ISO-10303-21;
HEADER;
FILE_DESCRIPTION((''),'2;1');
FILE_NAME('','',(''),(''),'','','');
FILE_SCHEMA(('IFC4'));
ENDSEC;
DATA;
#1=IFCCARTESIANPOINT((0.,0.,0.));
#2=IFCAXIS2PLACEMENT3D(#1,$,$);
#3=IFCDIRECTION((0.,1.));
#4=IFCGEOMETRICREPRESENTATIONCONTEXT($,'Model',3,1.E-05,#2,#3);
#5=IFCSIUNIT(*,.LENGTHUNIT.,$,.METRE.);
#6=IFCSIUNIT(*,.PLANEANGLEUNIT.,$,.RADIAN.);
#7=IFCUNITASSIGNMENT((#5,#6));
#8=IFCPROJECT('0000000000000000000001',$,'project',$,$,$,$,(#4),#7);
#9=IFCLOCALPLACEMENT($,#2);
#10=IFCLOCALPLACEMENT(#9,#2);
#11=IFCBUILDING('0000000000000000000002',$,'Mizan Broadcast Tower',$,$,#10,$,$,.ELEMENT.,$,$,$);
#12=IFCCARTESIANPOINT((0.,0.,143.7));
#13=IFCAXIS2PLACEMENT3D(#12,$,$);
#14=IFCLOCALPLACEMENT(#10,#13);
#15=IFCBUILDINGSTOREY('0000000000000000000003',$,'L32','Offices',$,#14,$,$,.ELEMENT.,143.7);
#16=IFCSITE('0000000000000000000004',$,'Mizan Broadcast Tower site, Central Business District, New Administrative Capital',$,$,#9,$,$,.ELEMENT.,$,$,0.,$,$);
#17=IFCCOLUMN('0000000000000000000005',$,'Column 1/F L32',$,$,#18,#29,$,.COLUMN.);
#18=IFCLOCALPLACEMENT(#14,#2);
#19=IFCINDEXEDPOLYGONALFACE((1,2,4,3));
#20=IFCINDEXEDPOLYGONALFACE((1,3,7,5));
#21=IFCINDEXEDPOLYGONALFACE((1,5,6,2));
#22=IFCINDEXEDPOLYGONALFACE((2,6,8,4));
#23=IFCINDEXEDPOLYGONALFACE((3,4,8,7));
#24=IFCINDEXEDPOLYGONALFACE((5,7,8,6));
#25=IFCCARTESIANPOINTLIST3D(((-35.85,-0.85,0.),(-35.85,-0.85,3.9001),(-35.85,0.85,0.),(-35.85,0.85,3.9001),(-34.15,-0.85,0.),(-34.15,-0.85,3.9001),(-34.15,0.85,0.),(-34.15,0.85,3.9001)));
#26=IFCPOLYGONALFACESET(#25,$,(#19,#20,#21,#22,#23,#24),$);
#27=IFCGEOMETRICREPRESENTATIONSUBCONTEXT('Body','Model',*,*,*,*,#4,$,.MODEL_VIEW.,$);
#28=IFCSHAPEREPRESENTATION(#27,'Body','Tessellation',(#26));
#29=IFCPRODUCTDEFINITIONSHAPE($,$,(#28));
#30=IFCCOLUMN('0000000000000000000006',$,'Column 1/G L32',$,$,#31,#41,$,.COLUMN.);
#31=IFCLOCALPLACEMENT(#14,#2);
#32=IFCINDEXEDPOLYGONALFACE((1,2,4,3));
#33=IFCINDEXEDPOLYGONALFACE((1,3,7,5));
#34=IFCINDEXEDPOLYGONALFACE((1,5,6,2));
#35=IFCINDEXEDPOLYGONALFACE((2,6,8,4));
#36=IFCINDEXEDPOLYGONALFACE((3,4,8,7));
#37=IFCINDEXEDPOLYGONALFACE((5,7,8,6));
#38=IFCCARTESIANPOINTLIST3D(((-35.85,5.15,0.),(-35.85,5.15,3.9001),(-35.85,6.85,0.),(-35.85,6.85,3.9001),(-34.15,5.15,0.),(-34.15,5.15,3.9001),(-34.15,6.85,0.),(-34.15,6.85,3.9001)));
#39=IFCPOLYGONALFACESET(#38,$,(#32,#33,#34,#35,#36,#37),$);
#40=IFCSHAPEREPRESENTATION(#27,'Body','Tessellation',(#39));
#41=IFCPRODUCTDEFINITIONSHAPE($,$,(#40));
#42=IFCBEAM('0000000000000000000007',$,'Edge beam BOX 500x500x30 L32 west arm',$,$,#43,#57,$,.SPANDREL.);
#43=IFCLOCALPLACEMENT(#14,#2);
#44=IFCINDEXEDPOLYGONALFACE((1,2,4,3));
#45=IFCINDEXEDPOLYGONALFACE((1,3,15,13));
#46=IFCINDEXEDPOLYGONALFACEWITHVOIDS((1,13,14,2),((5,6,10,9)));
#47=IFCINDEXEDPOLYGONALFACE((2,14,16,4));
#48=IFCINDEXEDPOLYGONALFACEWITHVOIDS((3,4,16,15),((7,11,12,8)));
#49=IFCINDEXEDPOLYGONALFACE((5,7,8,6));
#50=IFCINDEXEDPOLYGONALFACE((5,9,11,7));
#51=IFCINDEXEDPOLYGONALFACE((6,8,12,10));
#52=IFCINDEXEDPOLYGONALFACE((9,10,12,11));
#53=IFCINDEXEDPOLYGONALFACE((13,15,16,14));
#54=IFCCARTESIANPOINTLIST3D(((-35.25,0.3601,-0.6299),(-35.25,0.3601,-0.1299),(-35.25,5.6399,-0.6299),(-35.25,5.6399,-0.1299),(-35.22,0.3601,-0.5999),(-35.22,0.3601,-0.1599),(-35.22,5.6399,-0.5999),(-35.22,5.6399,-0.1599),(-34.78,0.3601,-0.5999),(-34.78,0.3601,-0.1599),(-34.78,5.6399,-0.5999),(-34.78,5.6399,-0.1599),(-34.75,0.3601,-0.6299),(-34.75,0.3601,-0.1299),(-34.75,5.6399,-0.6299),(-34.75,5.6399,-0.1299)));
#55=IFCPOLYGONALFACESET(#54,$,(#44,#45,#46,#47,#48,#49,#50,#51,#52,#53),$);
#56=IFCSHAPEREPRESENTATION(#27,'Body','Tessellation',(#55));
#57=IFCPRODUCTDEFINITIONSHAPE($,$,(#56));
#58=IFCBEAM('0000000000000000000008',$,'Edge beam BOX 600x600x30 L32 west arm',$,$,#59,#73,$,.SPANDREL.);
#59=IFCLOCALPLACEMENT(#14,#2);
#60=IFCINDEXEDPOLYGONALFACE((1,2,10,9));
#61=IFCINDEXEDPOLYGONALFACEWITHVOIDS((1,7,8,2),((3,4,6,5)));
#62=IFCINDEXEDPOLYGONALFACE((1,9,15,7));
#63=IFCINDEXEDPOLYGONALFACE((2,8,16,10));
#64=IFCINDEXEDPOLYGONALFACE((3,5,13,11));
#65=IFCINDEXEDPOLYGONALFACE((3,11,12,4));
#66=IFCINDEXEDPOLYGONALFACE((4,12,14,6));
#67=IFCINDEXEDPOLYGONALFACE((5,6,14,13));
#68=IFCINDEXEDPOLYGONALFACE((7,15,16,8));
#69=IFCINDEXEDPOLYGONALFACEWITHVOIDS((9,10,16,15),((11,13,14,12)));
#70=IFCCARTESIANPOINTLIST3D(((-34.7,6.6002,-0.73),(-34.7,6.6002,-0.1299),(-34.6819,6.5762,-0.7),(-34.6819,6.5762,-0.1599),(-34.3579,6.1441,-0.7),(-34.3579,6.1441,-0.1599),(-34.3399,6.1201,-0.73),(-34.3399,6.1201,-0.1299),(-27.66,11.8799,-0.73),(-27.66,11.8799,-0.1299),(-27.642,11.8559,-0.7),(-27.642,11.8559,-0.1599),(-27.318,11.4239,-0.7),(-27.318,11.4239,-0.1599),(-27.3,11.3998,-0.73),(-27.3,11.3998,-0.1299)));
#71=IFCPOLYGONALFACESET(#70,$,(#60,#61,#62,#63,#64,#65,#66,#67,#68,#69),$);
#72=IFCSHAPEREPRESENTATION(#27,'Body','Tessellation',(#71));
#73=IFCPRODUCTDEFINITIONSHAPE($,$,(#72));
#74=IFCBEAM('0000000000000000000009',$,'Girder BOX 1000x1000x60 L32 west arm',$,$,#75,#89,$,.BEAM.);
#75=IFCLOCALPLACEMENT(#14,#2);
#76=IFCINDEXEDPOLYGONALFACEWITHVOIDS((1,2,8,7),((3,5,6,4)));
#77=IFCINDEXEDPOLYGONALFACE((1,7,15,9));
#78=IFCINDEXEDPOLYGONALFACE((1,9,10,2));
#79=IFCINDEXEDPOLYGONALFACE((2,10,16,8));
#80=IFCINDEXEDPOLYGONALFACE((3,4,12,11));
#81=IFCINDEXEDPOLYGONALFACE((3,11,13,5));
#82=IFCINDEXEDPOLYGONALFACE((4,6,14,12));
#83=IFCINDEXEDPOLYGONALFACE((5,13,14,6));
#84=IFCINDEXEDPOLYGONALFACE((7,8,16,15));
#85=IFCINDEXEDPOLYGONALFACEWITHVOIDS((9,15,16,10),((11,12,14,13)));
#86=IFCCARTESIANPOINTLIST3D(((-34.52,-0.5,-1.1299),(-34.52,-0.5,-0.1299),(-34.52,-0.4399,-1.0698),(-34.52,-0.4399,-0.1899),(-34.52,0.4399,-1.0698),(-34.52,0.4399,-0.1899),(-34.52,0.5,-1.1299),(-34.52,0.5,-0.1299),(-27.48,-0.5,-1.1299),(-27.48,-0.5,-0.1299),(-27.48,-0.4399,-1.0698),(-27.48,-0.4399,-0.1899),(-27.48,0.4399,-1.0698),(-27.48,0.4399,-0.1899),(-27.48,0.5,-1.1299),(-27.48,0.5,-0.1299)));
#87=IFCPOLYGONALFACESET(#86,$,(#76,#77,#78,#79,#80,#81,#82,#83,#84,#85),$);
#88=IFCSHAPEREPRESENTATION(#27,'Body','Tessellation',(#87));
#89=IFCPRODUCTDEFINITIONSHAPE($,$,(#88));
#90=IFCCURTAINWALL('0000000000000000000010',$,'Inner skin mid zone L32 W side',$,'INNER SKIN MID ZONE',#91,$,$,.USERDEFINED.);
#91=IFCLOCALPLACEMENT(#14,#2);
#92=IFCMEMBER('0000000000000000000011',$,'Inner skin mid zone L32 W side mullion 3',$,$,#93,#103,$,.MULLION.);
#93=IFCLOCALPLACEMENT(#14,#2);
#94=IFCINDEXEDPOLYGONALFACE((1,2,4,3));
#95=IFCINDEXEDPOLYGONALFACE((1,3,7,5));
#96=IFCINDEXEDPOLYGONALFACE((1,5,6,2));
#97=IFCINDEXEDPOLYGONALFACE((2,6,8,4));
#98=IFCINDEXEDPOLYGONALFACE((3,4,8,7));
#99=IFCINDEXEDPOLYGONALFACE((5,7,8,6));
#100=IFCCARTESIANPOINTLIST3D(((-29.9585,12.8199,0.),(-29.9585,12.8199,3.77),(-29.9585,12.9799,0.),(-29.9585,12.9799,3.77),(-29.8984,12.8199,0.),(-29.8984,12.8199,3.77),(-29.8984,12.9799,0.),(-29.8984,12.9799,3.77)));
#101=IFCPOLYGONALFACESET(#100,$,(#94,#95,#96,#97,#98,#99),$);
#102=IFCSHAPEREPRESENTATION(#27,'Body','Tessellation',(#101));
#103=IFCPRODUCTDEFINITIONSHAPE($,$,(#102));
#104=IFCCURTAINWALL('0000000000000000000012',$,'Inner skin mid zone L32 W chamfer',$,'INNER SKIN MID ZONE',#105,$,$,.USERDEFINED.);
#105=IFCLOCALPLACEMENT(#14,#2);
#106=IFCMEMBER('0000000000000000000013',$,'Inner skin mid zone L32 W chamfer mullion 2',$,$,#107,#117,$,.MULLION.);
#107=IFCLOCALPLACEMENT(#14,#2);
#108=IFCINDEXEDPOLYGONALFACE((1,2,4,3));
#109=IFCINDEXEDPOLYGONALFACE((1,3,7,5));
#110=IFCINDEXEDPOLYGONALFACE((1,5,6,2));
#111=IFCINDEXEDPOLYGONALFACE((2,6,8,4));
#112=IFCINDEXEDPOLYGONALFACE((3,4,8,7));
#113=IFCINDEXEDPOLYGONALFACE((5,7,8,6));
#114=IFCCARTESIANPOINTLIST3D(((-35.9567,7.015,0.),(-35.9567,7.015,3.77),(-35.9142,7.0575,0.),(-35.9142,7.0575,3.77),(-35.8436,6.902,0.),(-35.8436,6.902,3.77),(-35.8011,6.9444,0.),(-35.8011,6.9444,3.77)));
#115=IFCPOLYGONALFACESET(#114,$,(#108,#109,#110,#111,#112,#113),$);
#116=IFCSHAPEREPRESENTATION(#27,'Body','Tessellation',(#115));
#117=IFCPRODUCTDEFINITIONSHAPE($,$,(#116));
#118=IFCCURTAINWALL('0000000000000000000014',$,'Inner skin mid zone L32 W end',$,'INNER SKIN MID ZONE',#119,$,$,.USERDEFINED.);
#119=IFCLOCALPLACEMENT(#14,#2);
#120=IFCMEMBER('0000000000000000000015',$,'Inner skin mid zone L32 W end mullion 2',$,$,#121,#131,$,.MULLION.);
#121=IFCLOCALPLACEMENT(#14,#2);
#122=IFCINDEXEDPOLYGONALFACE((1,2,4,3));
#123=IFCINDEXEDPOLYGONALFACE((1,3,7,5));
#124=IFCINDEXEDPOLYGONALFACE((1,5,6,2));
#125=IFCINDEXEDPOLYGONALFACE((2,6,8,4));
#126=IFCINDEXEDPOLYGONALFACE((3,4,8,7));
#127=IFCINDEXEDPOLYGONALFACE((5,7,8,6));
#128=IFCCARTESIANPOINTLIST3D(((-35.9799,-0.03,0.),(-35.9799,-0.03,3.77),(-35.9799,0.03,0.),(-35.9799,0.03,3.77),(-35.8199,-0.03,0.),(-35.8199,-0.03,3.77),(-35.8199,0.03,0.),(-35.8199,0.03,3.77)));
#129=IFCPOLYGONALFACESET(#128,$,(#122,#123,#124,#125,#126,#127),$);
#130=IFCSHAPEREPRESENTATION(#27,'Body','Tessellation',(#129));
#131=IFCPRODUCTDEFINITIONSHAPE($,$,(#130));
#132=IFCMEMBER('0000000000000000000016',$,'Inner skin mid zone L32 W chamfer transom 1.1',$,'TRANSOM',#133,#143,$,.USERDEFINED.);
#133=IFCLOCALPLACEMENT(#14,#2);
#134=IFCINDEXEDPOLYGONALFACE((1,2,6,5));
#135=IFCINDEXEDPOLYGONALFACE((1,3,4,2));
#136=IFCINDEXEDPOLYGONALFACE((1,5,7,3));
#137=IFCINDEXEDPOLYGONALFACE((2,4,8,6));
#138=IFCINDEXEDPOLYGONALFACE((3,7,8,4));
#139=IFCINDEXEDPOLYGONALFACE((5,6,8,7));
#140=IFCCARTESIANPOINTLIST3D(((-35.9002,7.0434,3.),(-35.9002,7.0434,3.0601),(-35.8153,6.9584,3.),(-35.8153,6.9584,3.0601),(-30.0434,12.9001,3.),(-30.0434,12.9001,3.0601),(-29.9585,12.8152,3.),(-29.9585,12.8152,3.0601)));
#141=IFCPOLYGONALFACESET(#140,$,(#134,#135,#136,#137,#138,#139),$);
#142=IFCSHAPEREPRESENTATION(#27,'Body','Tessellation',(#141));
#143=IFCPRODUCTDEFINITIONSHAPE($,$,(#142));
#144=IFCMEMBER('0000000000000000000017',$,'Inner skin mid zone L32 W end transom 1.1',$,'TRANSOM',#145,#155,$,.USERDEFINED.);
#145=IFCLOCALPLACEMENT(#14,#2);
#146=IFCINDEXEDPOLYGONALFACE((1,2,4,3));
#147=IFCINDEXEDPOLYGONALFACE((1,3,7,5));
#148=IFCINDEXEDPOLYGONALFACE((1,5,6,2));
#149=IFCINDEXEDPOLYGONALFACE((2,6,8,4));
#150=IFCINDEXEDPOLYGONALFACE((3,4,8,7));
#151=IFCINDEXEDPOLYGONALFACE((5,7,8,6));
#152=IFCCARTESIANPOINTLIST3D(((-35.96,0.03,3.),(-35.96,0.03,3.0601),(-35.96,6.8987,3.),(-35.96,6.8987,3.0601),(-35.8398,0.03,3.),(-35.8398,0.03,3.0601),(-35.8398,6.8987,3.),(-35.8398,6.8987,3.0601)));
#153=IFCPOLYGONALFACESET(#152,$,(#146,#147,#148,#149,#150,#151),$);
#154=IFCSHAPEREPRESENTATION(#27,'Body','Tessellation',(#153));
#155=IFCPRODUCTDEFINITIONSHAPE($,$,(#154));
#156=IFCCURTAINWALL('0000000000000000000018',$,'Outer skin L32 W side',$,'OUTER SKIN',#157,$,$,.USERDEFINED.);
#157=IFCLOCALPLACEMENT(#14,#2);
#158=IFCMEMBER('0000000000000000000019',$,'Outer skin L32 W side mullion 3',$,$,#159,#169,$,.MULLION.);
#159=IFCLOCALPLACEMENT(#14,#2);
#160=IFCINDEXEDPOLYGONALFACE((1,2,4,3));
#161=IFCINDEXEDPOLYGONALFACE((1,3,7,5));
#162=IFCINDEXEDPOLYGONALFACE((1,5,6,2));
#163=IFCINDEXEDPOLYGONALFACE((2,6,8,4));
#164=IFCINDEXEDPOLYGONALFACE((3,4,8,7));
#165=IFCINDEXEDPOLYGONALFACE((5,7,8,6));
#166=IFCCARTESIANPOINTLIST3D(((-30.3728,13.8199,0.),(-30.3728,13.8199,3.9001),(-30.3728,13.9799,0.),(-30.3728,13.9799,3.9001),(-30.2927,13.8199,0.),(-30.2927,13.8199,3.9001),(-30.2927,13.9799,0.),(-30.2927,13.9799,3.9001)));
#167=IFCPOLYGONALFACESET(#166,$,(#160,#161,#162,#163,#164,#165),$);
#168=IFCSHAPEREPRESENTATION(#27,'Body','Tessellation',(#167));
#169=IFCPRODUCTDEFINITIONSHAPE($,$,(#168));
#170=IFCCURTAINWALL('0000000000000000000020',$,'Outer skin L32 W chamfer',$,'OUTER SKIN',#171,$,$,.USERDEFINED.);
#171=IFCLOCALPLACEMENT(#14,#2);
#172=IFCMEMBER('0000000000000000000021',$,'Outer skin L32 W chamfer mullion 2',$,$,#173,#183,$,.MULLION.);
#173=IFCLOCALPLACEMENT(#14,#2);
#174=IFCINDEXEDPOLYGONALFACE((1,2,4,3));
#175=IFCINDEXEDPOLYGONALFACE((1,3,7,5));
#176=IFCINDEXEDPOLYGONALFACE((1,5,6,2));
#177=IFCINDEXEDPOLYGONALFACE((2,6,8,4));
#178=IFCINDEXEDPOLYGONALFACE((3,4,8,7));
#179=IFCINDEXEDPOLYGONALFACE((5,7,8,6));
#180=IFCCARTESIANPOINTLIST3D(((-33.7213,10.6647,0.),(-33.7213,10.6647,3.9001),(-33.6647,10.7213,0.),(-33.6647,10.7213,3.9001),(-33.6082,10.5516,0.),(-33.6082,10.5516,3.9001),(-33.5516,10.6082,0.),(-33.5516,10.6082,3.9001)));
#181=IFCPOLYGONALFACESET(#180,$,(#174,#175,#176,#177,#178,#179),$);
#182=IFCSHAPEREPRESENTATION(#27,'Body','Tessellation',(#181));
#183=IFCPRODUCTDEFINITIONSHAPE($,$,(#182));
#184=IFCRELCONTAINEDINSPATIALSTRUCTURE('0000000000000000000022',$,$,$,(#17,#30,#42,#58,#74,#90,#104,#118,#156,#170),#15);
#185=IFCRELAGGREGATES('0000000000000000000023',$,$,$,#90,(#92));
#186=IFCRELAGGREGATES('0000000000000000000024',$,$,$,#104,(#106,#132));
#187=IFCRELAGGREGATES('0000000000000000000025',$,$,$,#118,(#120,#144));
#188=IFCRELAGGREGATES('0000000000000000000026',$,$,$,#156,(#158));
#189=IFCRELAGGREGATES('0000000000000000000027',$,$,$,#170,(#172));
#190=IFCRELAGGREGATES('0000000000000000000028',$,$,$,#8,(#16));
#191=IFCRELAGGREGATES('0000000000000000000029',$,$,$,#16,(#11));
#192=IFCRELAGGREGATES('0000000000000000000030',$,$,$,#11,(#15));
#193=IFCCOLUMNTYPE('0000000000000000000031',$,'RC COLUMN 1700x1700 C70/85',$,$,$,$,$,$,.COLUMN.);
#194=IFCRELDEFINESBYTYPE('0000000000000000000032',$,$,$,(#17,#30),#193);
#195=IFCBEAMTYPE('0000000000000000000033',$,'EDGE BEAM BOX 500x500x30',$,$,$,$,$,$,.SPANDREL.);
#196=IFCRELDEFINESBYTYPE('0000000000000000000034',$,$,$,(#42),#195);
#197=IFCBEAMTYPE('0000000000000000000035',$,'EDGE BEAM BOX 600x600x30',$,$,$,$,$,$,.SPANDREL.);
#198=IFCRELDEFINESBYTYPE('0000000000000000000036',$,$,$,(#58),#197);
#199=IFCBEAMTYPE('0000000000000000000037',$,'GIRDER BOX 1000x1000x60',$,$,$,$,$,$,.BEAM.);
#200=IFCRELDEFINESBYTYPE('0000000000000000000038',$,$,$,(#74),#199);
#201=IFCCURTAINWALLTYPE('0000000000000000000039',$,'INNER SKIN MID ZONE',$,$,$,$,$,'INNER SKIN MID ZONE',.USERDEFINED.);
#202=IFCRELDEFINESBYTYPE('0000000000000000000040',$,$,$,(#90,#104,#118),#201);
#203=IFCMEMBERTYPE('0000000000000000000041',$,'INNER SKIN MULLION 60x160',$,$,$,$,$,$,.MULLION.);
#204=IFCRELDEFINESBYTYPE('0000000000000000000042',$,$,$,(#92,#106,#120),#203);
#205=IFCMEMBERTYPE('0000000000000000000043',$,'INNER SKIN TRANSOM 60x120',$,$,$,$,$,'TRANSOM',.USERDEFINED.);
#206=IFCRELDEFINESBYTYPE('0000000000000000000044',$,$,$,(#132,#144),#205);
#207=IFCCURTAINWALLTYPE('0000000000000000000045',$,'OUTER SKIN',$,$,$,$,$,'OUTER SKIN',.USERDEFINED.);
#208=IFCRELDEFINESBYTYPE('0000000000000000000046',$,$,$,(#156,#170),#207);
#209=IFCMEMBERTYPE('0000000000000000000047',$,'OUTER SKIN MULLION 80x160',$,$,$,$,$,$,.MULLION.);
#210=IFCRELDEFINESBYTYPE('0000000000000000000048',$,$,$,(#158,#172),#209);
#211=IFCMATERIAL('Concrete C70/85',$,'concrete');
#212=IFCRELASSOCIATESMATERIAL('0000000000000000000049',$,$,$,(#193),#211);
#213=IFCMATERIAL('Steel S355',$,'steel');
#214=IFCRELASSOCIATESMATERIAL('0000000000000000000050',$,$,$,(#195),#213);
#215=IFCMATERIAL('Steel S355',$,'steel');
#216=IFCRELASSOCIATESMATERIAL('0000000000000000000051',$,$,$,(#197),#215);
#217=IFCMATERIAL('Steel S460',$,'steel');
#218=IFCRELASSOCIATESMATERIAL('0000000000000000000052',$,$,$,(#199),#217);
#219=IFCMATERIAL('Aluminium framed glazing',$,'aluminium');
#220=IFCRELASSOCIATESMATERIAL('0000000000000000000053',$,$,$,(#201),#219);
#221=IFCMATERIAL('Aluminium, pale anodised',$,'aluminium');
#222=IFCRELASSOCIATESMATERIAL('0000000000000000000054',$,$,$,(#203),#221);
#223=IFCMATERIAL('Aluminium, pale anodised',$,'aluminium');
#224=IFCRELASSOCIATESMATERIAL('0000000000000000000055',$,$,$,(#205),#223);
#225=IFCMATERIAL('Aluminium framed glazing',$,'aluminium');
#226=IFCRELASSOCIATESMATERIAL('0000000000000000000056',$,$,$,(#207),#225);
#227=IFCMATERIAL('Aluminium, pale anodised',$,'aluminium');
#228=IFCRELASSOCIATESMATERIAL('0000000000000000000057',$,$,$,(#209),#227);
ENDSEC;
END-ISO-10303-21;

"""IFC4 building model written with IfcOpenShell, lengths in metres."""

from ifc_helpers import new_model, si_unit, direction, frame, origin, origin_2d, place, context, subcontext, project, spatial, rectangle, hollow_rectangle, extrude, material, material_profile, profile_set, type_object, element, aggregate, save


model = new_model("IFC4")

# Units and contexts
model_context = context("Model", 3, precision=1e-05, world=origin(), true_north=direction((0.0, 1.0)))
body_context = subcontext(model_context, "Body", "Model", "MODEL_VIEW")
ifc_project = project(units=[si_unit("LENGTHUNIT", "METRE"), si_unit("PLANEANGLEUNIT", "RADIAN")], contexts=[model_context])

# Site, building, storey
site_placement = place(None, origin())
site = spatial("IfcSite", under=ifc_project, at=site_placement, Name="Mizan Broadcast Tower site, Central Business District, New Administrative Capital", CompositionType="ELEMENT", RefElevation=0.0)
building_placement = place(site_placement, origin())
building = spatial("IfcBuilding", under=site, at=building_placement, Name="Mizan Broadcast Tower", CompositionType="ELEMENT")
storey_placement = place(building_placement, frame((0.0, 0.0, 143.7)))
storey = spatial("IfcBuildingStorey", under=building, at=storey_placement, Name="L32", Description="Offices", CompositionType="ELEMENT", Elevation=143.7)

# Columns
ifc_material_1 = material(Name="Concrete C70/85", Category="concrete")
ifc_material_profile_1 = material_profile(ifc_material_1, rectangle(XDim=1.7, YDim=1.7, at=origin_2d()), Name="RC 1700x1700")
ifc_profile_set_1 = profile_set([ifc_material_profile_1], Name="Concrete C70/85")
column_type = type_object("IfcColumnType", Name="RC COLUMN 1700x1700 C70/85", PredefinedType="COLUMN", material=ifc_profile_set_1)
for number, where, z_axis, x_axis, name in (
    (1, (-35.0, 0.0, 0.0), (0.0, 0.0, 1.0), (1.0, 0.0, 0.0), "Column 1/F L32"),
    (2, (-35.0, 6.0, 0.0), (0.0, 0.0, 1.0), (1.0, 0.0, 0.0), "Column 1/G L32"),
):
    element("IfcColumn", number, at=place(storey_placement, frame(where, z_axis=z_axis, x_axis=x_axis)), inside=storey, type_object=column_type, Name=name, PredefinedType="COLUMN", context=body_context, shape_type="SweptSolid", body=[
        extrude(rectangle(XDim=1.7, YDim=1.7, at=origin_2d()), origin(), (0.0, 0.0, 1.0), 3.9001),
    ])

# Beams
ifc_material_2 = material(Name="Steel S355", Category="steel")
ifc_material_profile_2 = material_profile(ifc_material_2, hollow_rectangle(XDim=0.5, YDim=0.5, WallThickness=0.03, at=origin_2d()), Name="BOX 500x500x30")
ifc_profile_set_2 = profile_set([ifc_material_profile_2], Name="Steel S355")
beam_type_1 = type_object("IfcBeamType", Name="EDGE BEAM BOX 500x500x30", PredefinedType="SPANDREL", material=ifc_profile_set_2)
beam_1_placement = place(storey_placement, frame((-35.0, 5.6399, -0.3799), z_axis=(0.0, -1.0, 0.0), x_axis=(1.0, 0.0, 0.0)))
element("IfcBeam", 3, at=beam_1_placement, inside=storey, type_object=beam_type_1, Name="Edge beam BOX 500x500x30 L32 west arm", PredefinedType="SPANDREL", context=body_context, shape_type="SweptSolid", body=[
    extrude(hollow_rectangle(XDim=0.5, YDim=0.5, WallThickness=0.03, at=origin_2d()), origin(), (0.0, 0.0, 1.0), 5.2798),
])
ifc_material_3 = material(Name="Steel S355", Category="steel")
ifc_material_profile_3 = material_profile(ifc_material_3, hollow_rectangle(XDim=0.6001, YDim=0.6001, WallThickness=0.03, at=origin_2d()), Name="BOX 600x600x30")
ifc_profile_set_3 = profile_set([ifc_material_profile_3], Name="Steel S355")
beam_type_2 = type_object("IfcBeamType", Name="EDGE BEAM BOX 600x600x30", PredefinedType="SPANDREL", material=ifc_profile_set_3)
beam_2_placement = place(storey_placement, frame((-27.48, 11.6399, -0.4299), z_axis=(-0.800013, -0.599982, 0.0), x_axis=(0.599982, -0.800013, 0.0)))
element("IfcBeam", 4, at=beam_2_placement, inside=storey, type_object=beam_type_2, Name="Edge beam BOX 600x600x30 L32 west arm", PredefinedType="SPANDREL", context=body_context, shape_type="SweptSolid", body=[
    extrude(hollow_rectangle(XDim=0.6001, YDim=0.6001, WallThickness=0.03, at=origin_2d()), origin(), (0.0, 0.0, 1.0), 8.7998),
])
ifc_material_4 = material(Name="Steel S460", Category="steel")
ifc_material_profile_4 = material_profile(ifc_material_4, hollow_rectangle(XDim=1.0, YDim=1.0, WallThickness=0.0601, at=origin_2d()), Name="BOX 1000x1000x60")
ifc_profile_set_4 = profile_set([ifc_material_profile_4], Name="Steel S460")
beam_type_3 = type_object("IfcBeamType", Name="GIRDER BOX 1000x1000x60", PredefinedType="BEAM", material=ifc_profile_set_4)
beam_3_placement = place(storey_placement, frame((-27.48, 0.0, -0.6299), z_axis=(-1.0, 0.0, 0.0), x_axis=(0.0, -1.0, 0.0)))
element("IfcBeam", 5, at=beam_3_placement, inside=storey, type_object=beam_type_3, Name="Girder BOX 1000x1000x60 L32 west arm", PredefinedType="BEAM", context=body_context, shape_type="SweptSolid", body=[
    extrude(hollow_rectangle(XDim=1.0, YDim=1.0, WallThickness=0.0601, at=origin_2d()), origin(), (0.0, 0.0, 1.0), 7.04),
])

# Curtain walls, members
ifc_material_5 = material(Name="Aluminium framed glazing", Category="aluminium")
curtain_wall_type_1 = type_object("IfcCurtainWallType", Name="INNER SKIN MID ZONE", ElementType="INNER SKIN MID ZONE", PredefinedType="USERDEFINED", material=ifc_material_5)
curtain_wall_1_placement = place(storey_placement, origin())
curtain_wall_1 = element("IfcCurtainWall", 6, at=curtain_wall_1_placement, inside=storey, type_object=curtain_wall_type_1, Name="Inner skin mid zone L32 W side", ObjectType="INNER SKIN MID ZONE", PredefinedType="USERDEFINED")
ifc_material_6 = material(Name="Aluminium, pale anodised", Category="aluminium")
ifc_material_profile_5 = material_profile(ifc_material_6, rectangle(XDim=0.1599, YDim=0.0601, at=origin_2d()), Name="MULLION 160x60")
ifc_profile_set_5 = profile_set([ifc_material_profile_5], Name="Aluminium, pale anodised")
member_type_1 = type_object("IfcMemberType", Name="INNER SKIN MULLION 60x160", PredefinedType="MULLION", material=ifc_profile_set_5)
member_1_placement = place(storey_placement, frame((-29.9285, 12.8999, 0.0), z_axis=(0.0, 0.0, 1.0), x_axis=(0.0, -1.0, 0.0)))
member_1 = element("IfcMember", 7, at=member_1_placement, type_object=member_type_1, Name="Inner skin mid zone L32 W side mullion 3", PredefinedType="MULLION", context=body_context, shape_type="SweptSolid", body=[
    extrude(rectangle(XDim=0.1599, YDim=0.0601, at=origin_2d()), origin(), (0.0, 0.0, 1.0), 3.77),
])
curtain_wall_2_placement = place(storey_placement, origin())
curtain_wall_2 = element("IfcCurtainWall", 8, at=curtain_wall_2_placement, inside=storey, type_object=curtain_wall_type_1, Name="Inner skin mid zone L32 W chamfer", ObjectType="INNER SKIN MID ZONE", PredefinedType="USERDEFINED")
member_2_placement = place(storey_placement, frame((-35.8789, 6.9797, 0.0), z_axis=(0.0, 0.0, 1.0), x_axis=(0.707107, -0.707107, 0.0)))
member_2 = element("IfcMember", 9, at=member_2_placement, type_object=member_type_1, Name="Inner skin mid zone L32 W chamfer mullion 2", PredefinedType="MULLION", context=body_context, shape_type="SweptSolid", body=[
    extrude(rectangle(XDim=0.1599, YDim=0.0601, at=origin_2d()), origin(), (0.0, 0.0, 1.0), 3.77),
])
curtain_wall_3_placement = place(storey_placement, origin())
curtain_wall_3 = element("IfcCurtainWall", 10, at=curtain_wall_3_placement, inside=storey, type_object=curtain_wall_type_1, Name="Inner skin mid zone L32 W end", ObjectType="INNER SKIN MID ZONE", PredefinedType="USERDEFINED")
member_3_placement = place(storey_placement, frame((-35.8999, 0.0, 0.0), z_axis=(0.0, 0.0, 1.0), x_axis=(1.0, 0.0, 0.0)))
member_3 = element("IfcMember", 11, at=member_3_placement, type_object=member_type_1, Name="Inner skin mid zone L32 W end mullion 2", PredefinedType="MULLION", context=body_context, shape_type="SweptSolid", body=[
    extrude(rectangle(XDim=0.1599, YDim=0.0601, at=origin_2d()), origin(), (0.0, 0.0, 1.0), 3.77),
])

# Members
ifc_material_7 = material(Name="Aluminium, pale anodised", Category="aluminium")
ifc_material_profile_6 = material_profile(ifc_material_7, rectangle(XDim=0.1201, YDim=0.0601, at=origin_2d()), Name="TRANSOM 120x60")
ifc_profile_set_6 = profile_set([ifc_material_profile_6], Name="Aluminium, pale anodised")
member_type_2 = type_object("IfcMemberType", Name="INNER SKIN TRANSOM 60x120", ElementType="TRANSOM", PredefinedType="USERDEFINED", material=ifc_profile_set_6)
member_4_placement = place(storey_placement, frame((-30.001, 12.8577, 3.03), z_axis=(-0.707107, -0.707107, 0.0), x_axis=(0.707107, -0.707107, 0.0)))
member_4 = element("IfcMember", 12, at=member_4_placement, type_object=member_type_2, Name="Inner skin mid zone L32 W chamfer transom 1.1", ObjectType="TRANSOM", PredefinedType="USERDEFINED", context=body_context, shape_type="SweptSolid", body=[
    extrude(rectangle(XDim=0.1201, YDim=0.0601, at=origin_2d()), origin(), (0.0, 0.0, 1.0), 8.2827),
])
member_5_placement = place(storey_placement, frame((-35.8999, 6.8987, 3.03), z_axis=(0.0, -1.0, 0.0), x_axis=(1.0, 0.0, 0.0)))
member_5 = element("IfcMember", 13, at=member_5_placement, type_object=member_type_2, Name="Inner skin mid zone L32 W end transom 1.1", ObjectType="TRANSOM", PredefinedType="USERDEFINED", context=body_context, shape_type="SweptSolid", body=[
    extrude(rectangle(XDim=0.1201, YDim=0.0601, at=origin_2d()), origin(), (0.0, 0.0, 1.0), 6.8687),
])

# Curtain wall, member
ifc_material_8 = material(Name="Aluminium framed glazing", Category="aluminium")
curtain_wall_type_2 = type_object("IfcCurtainWallType", Name="OUTER SKIN", ElementType="OUTER SKIN", PredefinedType="USERDEFINED", material=ifc_material_8)
curtain_wall_4_placement = place(storey_placement, origin())
curtain_wall_4 = element("IfcCurtainWall", 14, at=curtain_wall_4_placement, inside=storey, type_object=curtain_wall_type_2, Name="Outer skin L32 W side", ObjectType="OUTER SKIN", PredefinedType="USERDEFINED")
ifc_material_9 = material(Name="Aluminium, pale anodised", Category="aluminium")
ifc_material_profile_7 = material_profile(ifc_material_9, rectangle(XDim=0.1599, YDim=0.0801, at=origin_2d()), Name="MULLION 160x80")
ifc_profile_set_7 = profile_set([ifc_material_profile_7], Name="Aluminium, pale anodised")
member_type_3 = type_object("IfcMemberType", Name="OUTER SKIN MULLION 80x160", PredefinedType="MULLION", material=ifc_profile_set_7)
member_6_placement = place(storey_placement, frame((-30.3328, 13.8999, 0.0), z_axis=(0.0, 0.0, 1.0), x_axis=(0.0, -1.0, 0.0)))
member_6 = element("IfcMember", 15, at=member_6_placement, type_object=member_type_3, Name="Outer skin L32 W side mullion 3", PredefinedType="MULLION", context=body_context, shape_type="SweptSolid", body=[
    extrude(rectangle(XDim=0.1599, YDim=0.0801, at=origin_2d()), origin(), (0.0, 0.0, 1.0), 3.9001),
])

# Curtain wall, member
curtain_wall_5_placement = place(storey_placement, origin())
curtain_wall_5 = element("IfcCurtainWall", 16, at=curtain_wall_5_placement, inside=storey, type_object=curtain_wall_type_2, Name="Outer skin L32 W chamfer", ObjectType="OUTER SKIN", PredefinedType="USERDEFINED")
member_7_placement = place(storey_placement, frame((-33.6365, 10.6365, 0.0), z_axis=(0.0, 0.0, 1.0), x_axis=(0.707107, -0.707107, 0.0)))
member_7 = element("IfcMember", 17, at=member_7_placement, type_object=member_type_3, Name="Outer skin L32 W chamfer mullion 2", PredefinedType="MULLION", context=body_context, shape_type="SweptSolid", body=[
    extrude(rectangle(XDim=0.1599, YDim=0.0801, at=origin_2d()), origin(), (0.0, 0.0, 1.0), 3.9001),
])

aggregate(curtain_wall_1, [member_1])
aggregate(curtain_wall_2, [member_2, member_4])
aggregate(curtain_wall_3, [member_3, member_5])
aggregate(curtain_wall_4, [member_6])
aggregate(curtain_wall_5, [member_7])

save(model, "model.ifc")
